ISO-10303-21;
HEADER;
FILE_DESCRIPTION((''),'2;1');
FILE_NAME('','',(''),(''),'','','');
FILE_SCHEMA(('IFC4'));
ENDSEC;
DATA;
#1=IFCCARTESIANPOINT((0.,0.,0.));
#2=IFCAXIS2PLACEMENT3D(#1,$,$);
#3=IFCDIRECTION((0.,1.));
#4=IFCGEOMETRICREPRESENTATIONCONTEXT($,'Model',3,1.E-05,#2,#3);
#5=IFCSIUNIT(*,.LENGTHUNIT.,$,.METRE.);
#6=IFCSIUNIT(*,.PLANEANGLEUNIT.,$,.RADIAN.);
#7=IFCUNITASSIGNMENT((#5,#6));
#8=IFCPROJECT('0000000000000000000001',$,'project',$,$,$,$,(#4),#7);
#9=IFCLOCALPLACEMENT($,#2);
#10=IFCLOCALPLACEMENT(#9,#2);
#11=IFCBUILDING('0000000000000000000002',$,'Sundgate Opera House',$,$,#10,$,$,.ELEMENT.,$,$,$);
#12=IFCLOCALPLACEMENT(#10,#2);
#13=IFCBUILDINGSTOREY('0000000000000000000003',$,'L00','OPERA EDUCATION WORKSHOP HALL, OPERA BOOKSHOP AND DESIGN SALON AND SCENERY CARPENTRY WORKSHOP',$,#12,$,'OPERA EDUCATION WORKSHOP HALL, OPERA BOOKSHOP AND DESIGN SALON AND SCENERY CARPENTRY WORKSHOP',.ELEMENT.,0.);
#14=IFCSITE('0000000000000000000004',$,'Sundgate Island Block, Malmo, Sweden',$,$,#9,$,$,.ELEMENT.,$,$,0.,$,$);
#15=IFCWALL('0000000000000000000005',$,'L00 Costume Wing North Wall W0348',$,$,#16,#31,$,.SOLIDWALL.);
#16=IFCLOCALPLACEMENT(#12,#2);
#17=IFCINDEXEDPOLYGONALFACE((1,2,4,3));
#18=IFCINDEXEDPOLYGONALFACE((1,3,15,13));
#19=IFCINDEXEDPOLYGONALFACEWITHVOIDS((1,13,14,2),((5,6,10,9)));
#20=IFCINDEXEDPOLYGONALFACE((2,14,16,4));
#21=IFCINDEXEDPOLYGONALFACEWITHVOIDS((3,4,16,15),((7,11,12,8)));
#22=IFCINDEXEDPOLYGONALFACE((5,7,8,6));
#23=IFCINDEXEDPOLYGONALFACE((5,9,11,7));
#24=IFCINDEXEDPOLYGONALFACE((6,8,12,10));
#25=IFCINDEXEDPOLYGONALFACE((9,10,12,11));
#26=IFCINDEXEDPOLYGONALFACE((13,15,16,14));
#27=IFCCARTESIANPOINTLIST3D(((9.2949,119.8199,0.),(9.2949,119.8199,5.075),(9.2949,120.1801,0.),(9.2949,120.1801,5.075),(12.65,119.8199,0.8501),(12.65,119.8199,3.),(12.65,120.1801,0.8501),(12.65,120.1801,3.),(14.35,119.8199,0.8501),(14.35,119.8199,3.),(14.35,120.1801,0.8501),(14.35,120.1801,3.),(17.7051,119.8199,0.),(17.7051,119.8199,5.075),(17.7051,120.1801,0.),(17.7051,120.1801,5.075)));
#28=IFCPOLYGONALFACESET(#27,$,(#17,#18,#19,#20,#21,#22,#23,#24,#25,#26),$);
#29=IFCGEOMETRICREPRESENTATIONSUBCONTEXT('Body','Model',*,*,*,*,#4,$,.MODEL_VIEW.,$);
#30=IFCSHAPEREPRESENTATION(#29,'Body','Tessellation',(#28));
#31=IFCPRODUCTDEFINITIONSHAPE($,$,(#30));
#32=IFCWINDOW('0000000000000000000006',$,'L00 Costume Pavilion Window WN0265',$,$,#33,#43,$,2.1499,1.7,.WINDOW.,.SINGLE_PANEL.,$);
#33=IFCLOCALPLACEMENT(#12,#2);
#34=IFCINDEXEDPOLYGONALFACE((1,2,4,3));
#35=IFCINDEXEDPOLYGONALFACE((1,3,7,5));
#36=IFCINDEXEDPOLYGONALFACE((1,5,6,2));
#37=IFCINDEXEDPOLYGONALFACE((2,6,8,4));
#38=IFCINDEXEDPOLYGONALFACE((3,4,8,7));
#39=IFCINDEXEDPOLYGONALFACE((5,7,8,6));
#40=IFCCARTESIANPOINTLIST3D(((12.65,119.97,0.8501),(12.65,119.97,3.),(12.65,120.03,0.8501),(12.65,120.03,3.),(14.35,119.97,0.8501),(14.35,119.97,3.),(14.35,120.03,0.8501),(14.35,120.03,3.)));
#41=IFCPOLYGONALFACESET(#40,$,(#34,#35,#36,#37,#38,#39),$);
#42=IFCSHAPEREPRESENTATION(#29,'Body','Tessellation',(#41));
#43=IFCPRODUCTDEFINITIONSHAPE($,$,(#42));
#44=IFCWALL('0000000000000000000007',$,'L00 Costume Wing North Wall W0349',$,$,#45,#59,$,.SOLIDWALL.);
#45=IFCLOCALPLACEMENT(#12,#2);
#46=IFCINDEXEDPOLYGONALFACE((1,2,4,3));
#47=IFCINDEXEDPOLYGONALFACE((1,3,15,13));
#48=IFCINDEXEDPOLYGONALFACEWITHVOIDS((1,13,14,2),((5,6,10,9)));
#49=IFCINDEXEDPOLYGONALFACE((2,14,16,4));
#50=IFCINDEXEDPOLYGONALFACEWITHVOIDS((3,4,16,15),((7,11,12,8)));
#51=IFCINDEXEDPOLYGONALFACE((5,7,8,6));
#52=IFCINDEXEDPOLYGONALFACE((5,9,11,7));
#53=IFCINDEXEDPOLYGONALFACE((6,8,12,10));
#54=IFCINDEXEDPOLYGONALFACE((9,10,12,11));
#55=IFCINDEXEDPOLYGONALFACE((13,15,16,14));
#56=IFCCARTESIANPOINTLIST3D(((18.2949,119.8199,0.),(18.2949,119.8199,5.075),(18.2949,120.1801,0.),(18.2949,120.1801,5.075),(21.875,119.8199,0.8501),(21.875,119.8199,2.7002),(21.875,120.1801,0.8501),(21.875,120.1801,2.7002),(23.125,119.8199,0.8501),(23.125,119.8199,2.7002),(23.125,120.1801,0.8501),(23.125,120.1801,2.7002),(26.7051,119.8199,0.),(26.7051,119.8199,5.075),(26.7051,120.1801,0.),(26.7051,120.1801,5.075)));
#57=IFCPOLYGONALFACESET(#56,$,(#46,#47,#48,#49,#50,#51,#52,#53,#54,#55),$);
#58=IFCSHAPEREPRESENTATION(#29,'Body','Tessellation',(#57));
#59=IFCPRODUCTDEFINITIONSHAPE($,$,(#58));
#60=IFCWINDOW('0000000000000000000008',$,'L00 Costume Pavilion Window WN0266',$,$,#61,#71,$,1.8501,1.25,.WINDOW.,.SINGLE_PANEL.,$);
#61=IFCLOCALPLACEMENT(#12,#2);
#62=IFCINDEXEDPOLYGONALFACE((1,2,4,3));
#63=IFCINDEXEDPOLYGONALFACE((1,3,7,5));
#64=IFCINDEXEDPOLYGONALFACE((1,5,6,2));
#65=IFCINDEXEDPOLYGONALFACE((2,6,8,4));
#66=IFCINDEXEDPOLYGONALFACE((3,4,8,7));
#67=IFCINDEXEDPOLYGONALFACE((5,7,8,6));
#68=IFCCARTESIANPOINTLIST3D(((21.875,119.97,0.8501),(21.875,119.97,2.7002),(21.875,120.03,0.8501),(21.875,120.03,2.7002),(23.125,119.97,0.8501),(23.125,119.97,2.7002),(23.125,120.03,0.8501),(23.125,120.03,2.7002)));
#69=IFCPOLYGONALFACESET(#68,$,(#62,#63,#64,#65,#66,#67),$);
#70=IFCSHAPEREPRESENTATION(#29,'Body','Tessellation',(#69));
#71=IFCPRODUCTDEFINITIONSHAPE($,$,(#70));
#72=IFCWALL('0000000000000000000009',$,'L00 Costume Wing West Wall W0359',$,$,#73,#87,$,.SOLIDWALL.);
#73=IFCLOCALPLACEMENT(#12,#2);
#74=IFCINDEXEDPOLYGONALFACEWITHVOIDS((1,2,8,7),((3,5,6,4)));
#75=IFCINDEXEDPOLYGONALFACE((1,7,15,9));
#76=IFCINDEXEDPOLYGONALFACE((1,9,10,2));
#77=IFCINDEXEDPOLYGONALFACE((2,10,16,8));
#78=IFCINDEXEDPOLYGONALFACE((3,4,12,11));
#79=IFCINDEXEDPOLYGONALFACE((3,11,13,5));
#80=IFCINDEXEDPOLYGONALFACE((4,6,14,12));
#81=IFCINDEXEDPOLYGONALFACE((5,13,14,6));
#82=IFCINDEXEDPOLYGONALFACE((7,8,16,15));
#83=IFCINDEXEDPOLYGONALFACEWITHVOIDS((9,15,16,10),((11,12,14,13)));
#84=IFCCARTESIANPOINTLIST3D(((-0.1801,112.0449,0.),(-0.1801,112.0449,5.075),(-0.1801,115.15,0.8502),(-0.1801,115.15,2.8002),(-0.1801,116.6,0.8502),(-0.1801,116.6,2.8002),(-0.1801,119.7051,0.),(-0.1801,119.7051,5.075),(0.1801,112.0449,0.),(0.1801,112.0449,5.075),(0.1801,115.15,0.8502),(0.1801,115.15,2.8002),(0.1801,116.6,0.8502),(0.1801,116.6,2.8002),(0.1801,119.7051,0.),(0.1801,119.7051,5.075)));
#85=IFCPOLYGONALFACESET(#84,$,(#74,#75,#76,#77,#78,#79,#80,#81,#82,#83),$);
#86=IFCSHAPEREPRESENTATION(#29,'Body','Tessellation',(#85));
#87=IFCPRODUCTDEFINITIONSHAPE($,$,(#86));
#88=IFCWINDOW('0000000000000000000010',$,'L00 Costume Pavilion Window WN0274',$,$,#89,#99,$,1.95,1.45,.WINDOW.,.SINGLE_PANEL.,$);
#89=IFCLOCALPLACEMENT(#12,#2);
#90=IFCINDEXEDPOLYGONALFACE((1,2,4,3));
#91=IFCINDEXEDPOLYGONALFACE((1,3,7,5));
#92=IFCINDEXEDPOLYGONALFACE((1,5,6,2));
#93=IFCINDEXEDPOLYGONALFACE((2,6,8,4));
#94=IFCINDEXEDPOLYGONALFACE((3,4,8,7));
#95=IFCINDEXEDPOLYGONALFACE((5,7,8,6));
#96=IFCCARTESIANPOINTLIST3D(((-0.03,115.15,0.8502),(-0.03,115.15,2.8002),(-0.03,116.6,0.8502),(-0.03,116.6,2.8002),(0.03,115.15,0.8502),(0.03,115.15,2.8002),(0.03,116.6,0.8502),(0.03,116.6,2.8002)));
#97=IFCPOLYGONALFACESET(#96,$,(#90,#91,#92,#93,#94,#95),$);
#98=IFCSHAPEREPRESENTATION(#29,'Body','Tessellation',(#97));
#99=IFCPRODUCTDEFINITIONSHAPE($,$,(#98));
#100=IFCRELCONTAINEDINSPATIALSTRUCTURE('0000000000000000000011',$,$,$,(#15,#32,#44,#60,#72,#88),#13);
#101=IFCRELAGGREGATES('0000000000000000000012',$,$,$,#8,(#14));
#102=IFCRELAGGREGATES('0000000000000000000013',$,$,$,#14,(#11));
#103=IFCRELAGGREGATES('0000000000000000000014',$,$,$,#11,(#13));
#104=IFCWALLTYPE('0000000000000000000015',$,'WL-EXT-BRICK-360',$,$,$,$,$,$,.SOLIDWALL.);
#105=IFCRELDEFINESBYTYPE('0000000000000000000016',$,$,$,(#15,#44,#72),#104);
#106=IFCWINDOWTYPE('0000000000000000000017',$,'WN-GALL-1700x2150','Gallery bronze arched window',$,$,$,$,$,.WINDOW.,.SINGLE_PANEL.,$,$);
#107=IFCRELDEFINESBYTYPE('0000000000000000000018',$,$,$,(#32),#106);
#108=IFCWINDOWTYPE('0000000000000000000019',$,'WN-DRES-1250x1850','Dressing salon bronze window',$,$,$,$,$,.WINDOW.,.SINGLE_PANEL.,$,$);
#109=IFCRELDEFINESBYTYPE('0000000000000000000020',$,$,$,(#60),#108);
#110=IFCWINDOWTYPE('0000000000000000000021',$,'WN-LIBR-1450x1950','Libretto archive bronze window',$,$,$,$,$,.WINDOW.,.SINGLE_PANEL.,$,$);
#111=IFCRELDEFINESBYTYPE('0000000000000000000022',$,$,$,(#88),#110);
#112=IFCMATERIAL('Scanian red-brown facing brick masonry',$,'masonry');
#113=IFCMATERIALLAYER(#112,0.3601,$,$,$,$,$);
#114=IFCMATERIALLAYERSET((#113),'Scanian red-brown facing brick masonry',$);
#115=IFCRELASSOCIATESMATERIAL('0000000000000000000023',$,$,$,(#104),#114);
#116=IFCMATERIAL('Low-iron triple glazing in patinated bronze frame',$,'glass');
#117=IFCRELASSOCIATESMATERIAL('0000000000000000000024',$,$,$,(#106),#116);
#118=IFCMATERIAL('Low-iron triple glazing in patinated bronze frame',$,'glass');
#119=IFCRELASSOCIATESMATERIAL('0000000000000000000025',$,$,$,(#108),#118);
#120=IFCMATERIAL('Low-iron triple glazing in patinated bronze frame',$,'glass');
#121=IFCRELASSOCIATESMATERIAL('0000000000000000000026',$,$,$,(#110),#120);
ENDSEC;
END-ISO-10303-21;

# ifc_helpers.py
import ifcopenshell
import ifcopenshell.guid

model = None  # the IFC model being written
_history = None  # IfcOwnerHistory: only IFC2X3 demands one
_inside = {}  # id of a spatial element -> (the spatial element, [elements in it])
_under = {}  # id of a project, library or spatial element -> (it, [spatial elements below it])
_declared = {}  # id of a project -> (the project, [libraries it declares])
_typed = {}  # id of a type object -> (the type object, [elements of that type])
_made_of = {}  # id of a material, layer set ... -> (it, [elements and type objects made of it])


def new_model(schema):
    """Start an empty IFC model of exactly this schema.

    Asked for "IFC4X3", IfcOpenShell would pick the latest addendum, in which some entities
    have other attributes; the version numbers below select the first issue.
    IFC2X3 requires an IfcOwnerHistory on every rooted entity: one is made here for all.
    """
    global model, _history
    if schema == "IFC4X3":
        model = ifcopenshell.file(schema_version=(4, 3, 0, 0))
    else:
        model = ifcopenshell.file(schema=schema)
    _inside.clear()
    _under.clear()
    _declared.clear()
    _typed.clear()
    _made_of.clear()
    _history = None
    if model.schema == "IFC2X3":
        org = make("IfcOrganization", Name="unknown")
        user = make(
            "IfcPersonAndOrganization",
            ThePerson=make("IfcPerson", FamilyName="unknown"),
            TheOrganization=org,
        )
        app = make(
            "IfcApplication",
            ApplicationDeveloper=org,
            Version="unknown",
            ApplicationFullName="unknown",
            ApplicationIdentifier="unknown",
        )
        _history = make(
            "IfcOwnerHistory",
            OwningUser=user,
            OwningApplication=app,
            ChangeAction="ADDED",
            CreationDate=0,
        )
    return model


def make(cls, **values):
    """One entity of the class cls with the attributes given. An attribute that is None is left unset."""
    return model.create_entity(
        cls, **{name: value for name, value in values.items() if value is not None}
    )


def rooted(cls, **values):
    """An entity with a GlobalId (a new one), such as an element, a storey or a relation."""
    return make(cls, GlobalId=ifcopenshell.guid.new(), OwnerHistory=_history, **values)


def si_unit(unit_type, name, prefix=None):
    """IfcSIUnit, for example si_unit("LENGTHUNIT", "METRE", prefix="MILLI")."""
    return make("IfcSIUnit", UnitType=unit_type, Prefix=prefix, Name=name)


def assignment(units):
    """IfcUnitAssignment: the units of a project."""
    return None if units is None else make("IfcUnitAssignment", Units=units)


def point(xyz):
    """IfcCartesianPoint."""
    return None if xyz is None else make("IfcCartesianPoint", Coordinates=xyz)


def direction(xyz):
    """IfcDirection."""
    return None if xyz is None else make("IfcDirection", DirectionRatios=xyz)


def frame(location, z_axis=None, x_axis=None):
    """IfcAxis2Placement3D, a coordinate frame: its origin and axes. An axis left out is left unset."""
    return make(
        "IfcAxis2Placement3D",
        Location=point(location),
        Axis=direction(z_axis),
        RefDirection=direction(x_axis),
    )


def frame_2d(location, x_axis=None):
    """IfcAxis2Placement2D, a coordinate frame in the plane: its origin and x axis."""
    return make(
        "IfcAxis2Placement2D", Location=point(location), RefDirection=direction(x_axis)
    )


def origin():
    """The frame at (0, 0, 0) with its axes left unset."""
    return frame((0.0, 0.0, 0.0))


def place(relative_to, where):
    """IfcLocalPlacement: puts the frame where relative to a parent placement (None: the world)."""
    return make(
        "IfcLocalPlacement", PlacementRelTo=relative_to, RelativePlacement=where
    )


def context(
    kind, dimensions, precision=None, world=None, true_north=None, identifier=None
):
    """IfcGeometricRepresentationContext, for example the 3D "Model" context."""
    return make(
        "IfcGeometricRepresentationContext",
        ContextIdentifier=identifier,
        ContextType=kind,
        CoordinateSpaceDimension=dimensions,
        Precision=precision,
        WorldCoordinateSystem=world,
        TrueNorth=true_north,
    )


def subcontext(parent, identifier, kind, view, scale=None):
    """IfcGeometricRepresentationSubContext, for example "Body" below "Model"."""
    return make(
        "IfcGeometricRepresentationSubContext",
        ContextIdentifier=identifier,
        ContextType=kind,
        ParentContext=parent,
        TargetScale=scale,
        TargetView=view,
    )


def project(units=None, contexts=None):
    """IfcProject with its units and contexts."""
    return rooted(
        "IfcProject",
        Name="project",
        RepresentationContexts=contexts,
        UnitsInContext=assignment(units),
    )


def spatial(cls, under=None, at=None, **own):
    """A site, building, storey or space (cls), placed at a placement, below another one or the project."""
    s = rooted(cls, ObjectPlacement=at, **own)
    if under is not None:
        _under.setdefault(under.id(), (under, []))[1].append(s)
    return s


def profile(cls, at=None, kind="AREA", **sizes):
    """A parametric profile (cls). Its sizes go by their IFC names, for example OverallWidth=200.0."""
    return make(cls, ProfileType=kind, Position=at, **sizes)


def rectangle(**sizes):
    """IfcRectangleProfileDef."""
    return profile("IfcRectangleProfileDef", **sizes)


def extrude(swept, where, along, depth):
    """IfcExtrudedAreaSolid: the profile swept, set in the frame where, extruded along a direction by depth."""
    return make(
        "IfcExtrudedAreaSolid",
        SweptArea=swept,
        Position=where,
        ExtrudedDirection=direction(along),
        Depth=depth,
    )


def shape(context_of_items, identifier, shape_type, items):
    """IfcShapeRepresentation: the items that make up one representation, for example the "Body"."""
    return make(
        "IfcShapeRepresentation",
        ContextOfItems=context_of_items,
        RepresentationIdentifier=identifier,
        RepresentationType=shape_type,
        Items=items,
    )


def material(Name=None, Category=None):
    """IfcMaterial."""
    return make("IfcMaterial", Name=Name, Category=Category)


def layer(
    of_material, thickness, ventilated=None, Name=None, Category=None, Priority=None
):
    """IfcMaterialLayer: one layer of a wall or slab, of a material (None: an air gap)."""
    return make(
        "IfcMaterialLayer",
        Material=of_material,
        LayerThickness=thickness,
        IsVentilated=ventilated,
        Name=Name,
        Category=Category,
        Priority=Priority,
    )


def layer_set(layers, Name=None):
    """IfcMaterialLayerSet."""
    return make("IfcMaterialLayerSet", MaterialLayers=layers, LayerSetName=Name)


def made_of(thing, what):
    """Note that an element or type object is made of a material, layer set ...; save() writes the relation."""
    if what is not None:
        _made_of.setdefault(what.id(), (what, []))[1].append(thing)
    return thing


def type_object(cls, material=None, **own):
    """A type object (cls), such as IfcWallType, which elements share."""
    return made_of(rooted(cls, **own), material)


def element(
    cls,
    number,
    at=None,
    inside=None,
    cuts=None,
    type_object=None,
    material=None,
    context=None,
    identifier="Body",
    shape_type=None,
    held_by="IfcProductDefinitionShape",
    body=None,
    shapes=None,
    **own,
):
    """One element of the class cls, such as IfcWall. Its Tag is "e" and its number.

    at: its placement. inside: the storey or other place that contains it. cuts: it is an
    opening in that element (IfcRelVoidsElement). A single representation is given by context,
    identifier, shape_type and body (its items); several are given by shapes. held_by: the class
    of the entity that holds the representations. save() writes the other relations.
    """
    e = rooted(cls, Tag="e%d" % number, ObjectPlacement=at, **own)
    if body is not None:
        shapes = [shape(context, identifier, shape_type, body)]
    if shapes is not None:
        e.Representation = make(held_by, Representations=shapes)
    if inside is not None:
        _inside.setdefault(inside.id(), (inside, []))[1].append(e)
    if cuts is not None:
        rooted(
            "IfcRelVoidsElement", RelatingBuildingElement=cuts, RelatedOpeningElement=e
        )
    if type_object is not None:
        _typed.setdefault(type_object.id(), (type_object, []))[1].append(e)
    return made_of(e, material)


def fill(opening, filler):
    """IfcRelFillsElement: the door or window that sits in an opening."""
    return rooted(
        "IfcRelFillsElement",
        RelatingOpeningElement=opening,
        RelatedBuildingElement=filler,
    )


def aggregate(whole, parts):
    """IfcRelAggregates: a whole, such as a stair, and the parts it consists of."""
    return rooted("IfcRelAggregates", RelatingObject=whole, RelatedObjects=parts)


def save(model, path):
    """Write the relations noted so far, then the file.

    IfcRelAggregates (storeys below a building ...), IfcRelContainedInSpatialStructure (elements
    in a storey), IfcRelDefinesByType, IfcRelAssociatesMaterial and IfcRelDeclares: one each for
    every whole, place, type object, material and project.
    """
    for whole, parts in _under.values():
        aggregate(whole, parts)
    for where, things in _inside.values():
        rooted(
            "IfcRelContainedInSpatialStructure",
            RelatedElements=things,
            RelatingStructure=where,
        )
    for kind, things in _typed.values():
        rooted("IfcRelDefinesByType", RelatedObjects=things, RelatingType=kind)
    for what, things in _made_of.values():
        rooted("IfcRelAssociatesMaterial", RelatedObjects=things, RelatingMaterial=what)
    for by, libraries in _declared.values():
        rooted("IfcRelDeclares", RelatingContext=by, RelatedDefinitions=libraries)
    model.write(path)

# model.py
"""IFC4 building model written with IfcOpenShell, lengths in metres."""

from ifc_helpers import new_model, si_unit, direction, frame, frame_2d, origin, place, context, subcontext, project, spatial, rectangle, extrude, material, layer, layer_set, type_object, element, fill, save


model = new_model("IFC4")

# Units and contexts
model_context = context("Model", 3, precision=1e-05, world=origin(), true_north=direction((0.0, 1.0)))
body_context = subcontext(model_context, "Body", "Model", "MODEL_VIEW")
ifc_project = project(units=[si_unit("LENGTHUNIT", "METRE"), si_unit("PLANEANGLEUNIT", "RADIAN")], contexts=[model_context])

# Site, building, storey
site_placement = place(None, origin())
site = spatial("IfcSite", under=ifc_project, at=site_placement, Name="Sundgate Island Block, Malmo, Sweden", CompositionType="ELEMENT", RefElevation=0.0)
building_placement = place(site_placement, origin())
building = spatial("IfcBuilding", under=site, at=building_placement, Name="Sundgate Opera House", CompositionType="ELEMENT")
storey_placement = place(building_placement, origin())
storey = spatial("IfcBuildingStorey", under=building, at=storey_placement, Name="L00", Description="OPERA EDUCATION WORKSHOP HALL, OPERA BOOKSHOP AND DESIGN SALON AND SCENERY CARPENTRY WORKSHOP", LongName="OPERA EDUCATION WORKSHOP HALL, OPERA BOOKSHOP AND DESIGN SALON AND SCENERY CARPENTRY WORKSHOP", CompositionType="ELEMENT", Elevation=0.0)

# Walls, openings, windows
ifc_material_1 = material(Name="Scanian red-brown facing brick masonry", Category="masonry")
ifc_layer = layer(ifc_material_1, 0.3601)
ifc_layer_set = layer_set([ifc_layer], Name="Scanian red-brown facing brick masonry")
wall_type = type_object("IfcWallType", Name="WL-EXT-BRICK-360", PredefinedType="SOLIDWALL", material=ifc_layer_set)
wall_1_placement = place(storey_placement, frame((9.2949, 120.0, 0.0), z_axis=(0.0, 0.0, 1.0), x_axis=(1.0, 0.0, 0.0)))
wall_1 = element("IfcWall", 1, at=wall_1_placement, inside=storey, type_object=wall_type, Name="L00 Costume Wing North Wall W0348", PredefinedType="SOLIDWALL", context=body_context, shape_type="SweptSolid", body=[
    extrude(rectangle(XDim=8.4102, YDim=0.3601, at=frame_2d((4.2051, 0.0))), origin(), (0.0, 0.0, 1.0), 5.075),
])
opening_1_placement = place(wall_1_placement, frame((3.355, 0.0, 0.8501)))
opening_1 = element("IfcOpeningElement", 2, at=opening_1_placement, cuts=wall_1, PredefinedType="OPENING", context=body_context, shape_type="SweptSolid", body=[
    extrude(rectangle(XDim=1.7, YDim=2.1499, at=frame_2d((0.8501, 1.075))), frame((0.0, 0.1899, 0.0), z_axis=(0.0, -1.0, 0.0), x_axis=(1.0, 0.0, 0.0)), (0.0, 0.0, 1.0), 0.3801),
])
ifc_material_2 = material(Name="Low-iron triple glazing in patinated bronze frame", Category="glass")
window_type_1 = type_object("IfcWindowType", Name="WN-GALL-1700x2150", Description="Gallery bronze arched window", PartitioningType="SINGLE_PANEL", PredefinedType="WINDOW", material=ifc_material_2)
window_1_placement = place(opening_1_placement, origin())
window_1 = element("IfcWindow", 3, at=window_1_placement, inside=storey, type_object=window_type_1, Name="L00 Costume Pavilion Window WN0265", OverallHeight=2.1499, OverallWidth=1.7, PartitioningType="SINGLE_PANEL", PredefinedType="WINDOW", context=body_context, shape_type="SweptSolid", body=[
    extrude(rectangle(XDim=1.7, YDim=2.1499, at=frame_2d((0.8501, 1.075))), frame((0.0, 0.03, 0.0), z_axis=(0.0, -1.0, 0.0), x_axis=(1.0, 0.0, 0.0)), (0.0, 0.0, 1.0), 0.0601),
])
fill(opening_1, window_1)
wall_2_placement = place(storey_placement, frame((18.2949, 120.0, 0.0), z_axis=(0.0, 0.0, 1.0), x_axis=(1.0, 0.0, 0.0)))
wall_2 = element("IfcWall", 4, at=wall_2_placement, inside=storey, type_object=wall_type, Name="L00 Costume Wing North Wall W0349", PredefinedType="SOLIDWALL", context=body_context, shape_type="SweptSolid", body=[
    extrude(rectangle(XDim=8.4102, YDim=0.3601, at=frame_2d((4.2051, 0.0))), origin(), (0.0, 0.0, 1.0), 5.075),
])
opening_2_placement = place(wall_2_placement, frame((3.5801, 0.0, 0.8501)))
opening_2 = element("IfcOpeningElement", 5, at=opening_2_placement, cuts=wall_2, PredefinedType="OPENING", context=body_context, shape_type="SweptSolid", body=[
    extrude(rectangle(XDim=1.25, YDim=1.8501, at=frame_2d((0.625, 0.925))), frame((0.0, 0.1899, 0.0), z_axis=(0.0, -1.0, 0.0), x_axis=(1.0, 0.0, 0.0)), (0.0, 0.0, 1.0), 0.3801),
])
ifc_material_3 = material(Name="Low-iron triple glazing in patinated bronze frame", Category="glass")
window_type_2 = type_object("IfcWindowType", Name="WN-DRES-1250x1850", Description="Dressing salon bronze window", PartitioningType="SINGLE_PANEL", PredefinedType="WINDOW", material=ifc_material_3)
window_2_placement = place(opening_2_placement, origin())
window_2 = element("IfcWindow", 6, at=window_2_placement, inside=storey, type_object=window_type_2, Name="L00 Costume Pavilion Window WN0266", OverallHeight=1.8501, OverallWidth=1.25, PartitioningType="SINGLE_PANEL", PredefinedType="WINDOW", context=body_context, shape_type="SweptSolid", body=[
    extrude(rectangle(XDim=1.25, YDim=1.8501, at=frame_2d((0.625, 0.925))), frame((0.0, 0.03, 0.0), z_axis=(0.0, -1.0, 0.0), x_axis=(1.0, 0.0, 0.0)), (0.0, 0.0, 1.0), 0.0601),
])
fill(opening_2, window_2)
wall_3_placement = place(storey_placement, frame((0.0, 119.7051, 0.0), z_axis=(0.0, 0.0, 1.0), x_axis=(0.0, -1.0, 0.0)))
wall_3 = element("IfcWall", 7, at=wall_3_placement, inside=storey, type_object=wall_type, Name="L00 Costume Wing West Wall W0359", PredefinedType="SOLIDWALL", context=body_context, shape_type="SweptSolid", body=[
    extrude(rectangle(XDim=7.6602, YDim=0.3601, at=frame_2d((3.8301, 0.0))), origin(), (0.0, 0.0, 1.0), 5.075),
])
opening_3_placement = place(wall_3_placement, frame((3.105, 0.0, 0.8501)))
opening_3 = element("IfcOpeningElement", 8, at=opening_3_placement, cuts=wall_3, PredefinedType="OPENING", context=body_context, shape_type="SweptSolid", body=[
    extrude(rectangle(XDim=1.45, YDim=1.95, at=frame_2d((0.7251, 0.9751))), frame((0.0, 0.1899, 0.0), z_axis=(0.0, -1.0, 0.0), x_axis=(1.0, 0.0, 0.0)), (0.0, 0.0, 1.0), 0.3801),
])
ifc_material_4 = material(Name="Low-iron triple glazing in patinated bronze frame", Category="glass")
window_type_3 = type_object("IfcWindowType", Name="WN-LIBR-1450x1950", Description="Libretto archive bronze window", PartitioningType="SINGLE_PANEL", PredefinedType="WINDOW", material=ifc_material_4)
window_3_placement = place(opening_3_placement, origin())
window_3 = element("IfcWindow", 9, at=window_3_placement, inside=storey, type_object=window_type_3, Name="L00 Costume Pavilion Window WN0274", OverallHeight=1.95, OverallWidth=1.45, PartitioningType="SINGLE_PANEL", PredefinedType="WINDOW", context=body_context, shape_type="SweptSolid", body=[
    extrude(rectangle(XDim=1.45, YDim=1.95, at=frame_2d((0.7251, 0.9751))), frame((0.0, 0.03, 0.0), z_axis=(0.0, -1.0, 0.0), x_axis=(1.0, 0.0, 0.0)), (0.0, 0.0, 1.0), 0.0601),
])
fill(opening_3, window_3)

save(model, "model.ifc")
